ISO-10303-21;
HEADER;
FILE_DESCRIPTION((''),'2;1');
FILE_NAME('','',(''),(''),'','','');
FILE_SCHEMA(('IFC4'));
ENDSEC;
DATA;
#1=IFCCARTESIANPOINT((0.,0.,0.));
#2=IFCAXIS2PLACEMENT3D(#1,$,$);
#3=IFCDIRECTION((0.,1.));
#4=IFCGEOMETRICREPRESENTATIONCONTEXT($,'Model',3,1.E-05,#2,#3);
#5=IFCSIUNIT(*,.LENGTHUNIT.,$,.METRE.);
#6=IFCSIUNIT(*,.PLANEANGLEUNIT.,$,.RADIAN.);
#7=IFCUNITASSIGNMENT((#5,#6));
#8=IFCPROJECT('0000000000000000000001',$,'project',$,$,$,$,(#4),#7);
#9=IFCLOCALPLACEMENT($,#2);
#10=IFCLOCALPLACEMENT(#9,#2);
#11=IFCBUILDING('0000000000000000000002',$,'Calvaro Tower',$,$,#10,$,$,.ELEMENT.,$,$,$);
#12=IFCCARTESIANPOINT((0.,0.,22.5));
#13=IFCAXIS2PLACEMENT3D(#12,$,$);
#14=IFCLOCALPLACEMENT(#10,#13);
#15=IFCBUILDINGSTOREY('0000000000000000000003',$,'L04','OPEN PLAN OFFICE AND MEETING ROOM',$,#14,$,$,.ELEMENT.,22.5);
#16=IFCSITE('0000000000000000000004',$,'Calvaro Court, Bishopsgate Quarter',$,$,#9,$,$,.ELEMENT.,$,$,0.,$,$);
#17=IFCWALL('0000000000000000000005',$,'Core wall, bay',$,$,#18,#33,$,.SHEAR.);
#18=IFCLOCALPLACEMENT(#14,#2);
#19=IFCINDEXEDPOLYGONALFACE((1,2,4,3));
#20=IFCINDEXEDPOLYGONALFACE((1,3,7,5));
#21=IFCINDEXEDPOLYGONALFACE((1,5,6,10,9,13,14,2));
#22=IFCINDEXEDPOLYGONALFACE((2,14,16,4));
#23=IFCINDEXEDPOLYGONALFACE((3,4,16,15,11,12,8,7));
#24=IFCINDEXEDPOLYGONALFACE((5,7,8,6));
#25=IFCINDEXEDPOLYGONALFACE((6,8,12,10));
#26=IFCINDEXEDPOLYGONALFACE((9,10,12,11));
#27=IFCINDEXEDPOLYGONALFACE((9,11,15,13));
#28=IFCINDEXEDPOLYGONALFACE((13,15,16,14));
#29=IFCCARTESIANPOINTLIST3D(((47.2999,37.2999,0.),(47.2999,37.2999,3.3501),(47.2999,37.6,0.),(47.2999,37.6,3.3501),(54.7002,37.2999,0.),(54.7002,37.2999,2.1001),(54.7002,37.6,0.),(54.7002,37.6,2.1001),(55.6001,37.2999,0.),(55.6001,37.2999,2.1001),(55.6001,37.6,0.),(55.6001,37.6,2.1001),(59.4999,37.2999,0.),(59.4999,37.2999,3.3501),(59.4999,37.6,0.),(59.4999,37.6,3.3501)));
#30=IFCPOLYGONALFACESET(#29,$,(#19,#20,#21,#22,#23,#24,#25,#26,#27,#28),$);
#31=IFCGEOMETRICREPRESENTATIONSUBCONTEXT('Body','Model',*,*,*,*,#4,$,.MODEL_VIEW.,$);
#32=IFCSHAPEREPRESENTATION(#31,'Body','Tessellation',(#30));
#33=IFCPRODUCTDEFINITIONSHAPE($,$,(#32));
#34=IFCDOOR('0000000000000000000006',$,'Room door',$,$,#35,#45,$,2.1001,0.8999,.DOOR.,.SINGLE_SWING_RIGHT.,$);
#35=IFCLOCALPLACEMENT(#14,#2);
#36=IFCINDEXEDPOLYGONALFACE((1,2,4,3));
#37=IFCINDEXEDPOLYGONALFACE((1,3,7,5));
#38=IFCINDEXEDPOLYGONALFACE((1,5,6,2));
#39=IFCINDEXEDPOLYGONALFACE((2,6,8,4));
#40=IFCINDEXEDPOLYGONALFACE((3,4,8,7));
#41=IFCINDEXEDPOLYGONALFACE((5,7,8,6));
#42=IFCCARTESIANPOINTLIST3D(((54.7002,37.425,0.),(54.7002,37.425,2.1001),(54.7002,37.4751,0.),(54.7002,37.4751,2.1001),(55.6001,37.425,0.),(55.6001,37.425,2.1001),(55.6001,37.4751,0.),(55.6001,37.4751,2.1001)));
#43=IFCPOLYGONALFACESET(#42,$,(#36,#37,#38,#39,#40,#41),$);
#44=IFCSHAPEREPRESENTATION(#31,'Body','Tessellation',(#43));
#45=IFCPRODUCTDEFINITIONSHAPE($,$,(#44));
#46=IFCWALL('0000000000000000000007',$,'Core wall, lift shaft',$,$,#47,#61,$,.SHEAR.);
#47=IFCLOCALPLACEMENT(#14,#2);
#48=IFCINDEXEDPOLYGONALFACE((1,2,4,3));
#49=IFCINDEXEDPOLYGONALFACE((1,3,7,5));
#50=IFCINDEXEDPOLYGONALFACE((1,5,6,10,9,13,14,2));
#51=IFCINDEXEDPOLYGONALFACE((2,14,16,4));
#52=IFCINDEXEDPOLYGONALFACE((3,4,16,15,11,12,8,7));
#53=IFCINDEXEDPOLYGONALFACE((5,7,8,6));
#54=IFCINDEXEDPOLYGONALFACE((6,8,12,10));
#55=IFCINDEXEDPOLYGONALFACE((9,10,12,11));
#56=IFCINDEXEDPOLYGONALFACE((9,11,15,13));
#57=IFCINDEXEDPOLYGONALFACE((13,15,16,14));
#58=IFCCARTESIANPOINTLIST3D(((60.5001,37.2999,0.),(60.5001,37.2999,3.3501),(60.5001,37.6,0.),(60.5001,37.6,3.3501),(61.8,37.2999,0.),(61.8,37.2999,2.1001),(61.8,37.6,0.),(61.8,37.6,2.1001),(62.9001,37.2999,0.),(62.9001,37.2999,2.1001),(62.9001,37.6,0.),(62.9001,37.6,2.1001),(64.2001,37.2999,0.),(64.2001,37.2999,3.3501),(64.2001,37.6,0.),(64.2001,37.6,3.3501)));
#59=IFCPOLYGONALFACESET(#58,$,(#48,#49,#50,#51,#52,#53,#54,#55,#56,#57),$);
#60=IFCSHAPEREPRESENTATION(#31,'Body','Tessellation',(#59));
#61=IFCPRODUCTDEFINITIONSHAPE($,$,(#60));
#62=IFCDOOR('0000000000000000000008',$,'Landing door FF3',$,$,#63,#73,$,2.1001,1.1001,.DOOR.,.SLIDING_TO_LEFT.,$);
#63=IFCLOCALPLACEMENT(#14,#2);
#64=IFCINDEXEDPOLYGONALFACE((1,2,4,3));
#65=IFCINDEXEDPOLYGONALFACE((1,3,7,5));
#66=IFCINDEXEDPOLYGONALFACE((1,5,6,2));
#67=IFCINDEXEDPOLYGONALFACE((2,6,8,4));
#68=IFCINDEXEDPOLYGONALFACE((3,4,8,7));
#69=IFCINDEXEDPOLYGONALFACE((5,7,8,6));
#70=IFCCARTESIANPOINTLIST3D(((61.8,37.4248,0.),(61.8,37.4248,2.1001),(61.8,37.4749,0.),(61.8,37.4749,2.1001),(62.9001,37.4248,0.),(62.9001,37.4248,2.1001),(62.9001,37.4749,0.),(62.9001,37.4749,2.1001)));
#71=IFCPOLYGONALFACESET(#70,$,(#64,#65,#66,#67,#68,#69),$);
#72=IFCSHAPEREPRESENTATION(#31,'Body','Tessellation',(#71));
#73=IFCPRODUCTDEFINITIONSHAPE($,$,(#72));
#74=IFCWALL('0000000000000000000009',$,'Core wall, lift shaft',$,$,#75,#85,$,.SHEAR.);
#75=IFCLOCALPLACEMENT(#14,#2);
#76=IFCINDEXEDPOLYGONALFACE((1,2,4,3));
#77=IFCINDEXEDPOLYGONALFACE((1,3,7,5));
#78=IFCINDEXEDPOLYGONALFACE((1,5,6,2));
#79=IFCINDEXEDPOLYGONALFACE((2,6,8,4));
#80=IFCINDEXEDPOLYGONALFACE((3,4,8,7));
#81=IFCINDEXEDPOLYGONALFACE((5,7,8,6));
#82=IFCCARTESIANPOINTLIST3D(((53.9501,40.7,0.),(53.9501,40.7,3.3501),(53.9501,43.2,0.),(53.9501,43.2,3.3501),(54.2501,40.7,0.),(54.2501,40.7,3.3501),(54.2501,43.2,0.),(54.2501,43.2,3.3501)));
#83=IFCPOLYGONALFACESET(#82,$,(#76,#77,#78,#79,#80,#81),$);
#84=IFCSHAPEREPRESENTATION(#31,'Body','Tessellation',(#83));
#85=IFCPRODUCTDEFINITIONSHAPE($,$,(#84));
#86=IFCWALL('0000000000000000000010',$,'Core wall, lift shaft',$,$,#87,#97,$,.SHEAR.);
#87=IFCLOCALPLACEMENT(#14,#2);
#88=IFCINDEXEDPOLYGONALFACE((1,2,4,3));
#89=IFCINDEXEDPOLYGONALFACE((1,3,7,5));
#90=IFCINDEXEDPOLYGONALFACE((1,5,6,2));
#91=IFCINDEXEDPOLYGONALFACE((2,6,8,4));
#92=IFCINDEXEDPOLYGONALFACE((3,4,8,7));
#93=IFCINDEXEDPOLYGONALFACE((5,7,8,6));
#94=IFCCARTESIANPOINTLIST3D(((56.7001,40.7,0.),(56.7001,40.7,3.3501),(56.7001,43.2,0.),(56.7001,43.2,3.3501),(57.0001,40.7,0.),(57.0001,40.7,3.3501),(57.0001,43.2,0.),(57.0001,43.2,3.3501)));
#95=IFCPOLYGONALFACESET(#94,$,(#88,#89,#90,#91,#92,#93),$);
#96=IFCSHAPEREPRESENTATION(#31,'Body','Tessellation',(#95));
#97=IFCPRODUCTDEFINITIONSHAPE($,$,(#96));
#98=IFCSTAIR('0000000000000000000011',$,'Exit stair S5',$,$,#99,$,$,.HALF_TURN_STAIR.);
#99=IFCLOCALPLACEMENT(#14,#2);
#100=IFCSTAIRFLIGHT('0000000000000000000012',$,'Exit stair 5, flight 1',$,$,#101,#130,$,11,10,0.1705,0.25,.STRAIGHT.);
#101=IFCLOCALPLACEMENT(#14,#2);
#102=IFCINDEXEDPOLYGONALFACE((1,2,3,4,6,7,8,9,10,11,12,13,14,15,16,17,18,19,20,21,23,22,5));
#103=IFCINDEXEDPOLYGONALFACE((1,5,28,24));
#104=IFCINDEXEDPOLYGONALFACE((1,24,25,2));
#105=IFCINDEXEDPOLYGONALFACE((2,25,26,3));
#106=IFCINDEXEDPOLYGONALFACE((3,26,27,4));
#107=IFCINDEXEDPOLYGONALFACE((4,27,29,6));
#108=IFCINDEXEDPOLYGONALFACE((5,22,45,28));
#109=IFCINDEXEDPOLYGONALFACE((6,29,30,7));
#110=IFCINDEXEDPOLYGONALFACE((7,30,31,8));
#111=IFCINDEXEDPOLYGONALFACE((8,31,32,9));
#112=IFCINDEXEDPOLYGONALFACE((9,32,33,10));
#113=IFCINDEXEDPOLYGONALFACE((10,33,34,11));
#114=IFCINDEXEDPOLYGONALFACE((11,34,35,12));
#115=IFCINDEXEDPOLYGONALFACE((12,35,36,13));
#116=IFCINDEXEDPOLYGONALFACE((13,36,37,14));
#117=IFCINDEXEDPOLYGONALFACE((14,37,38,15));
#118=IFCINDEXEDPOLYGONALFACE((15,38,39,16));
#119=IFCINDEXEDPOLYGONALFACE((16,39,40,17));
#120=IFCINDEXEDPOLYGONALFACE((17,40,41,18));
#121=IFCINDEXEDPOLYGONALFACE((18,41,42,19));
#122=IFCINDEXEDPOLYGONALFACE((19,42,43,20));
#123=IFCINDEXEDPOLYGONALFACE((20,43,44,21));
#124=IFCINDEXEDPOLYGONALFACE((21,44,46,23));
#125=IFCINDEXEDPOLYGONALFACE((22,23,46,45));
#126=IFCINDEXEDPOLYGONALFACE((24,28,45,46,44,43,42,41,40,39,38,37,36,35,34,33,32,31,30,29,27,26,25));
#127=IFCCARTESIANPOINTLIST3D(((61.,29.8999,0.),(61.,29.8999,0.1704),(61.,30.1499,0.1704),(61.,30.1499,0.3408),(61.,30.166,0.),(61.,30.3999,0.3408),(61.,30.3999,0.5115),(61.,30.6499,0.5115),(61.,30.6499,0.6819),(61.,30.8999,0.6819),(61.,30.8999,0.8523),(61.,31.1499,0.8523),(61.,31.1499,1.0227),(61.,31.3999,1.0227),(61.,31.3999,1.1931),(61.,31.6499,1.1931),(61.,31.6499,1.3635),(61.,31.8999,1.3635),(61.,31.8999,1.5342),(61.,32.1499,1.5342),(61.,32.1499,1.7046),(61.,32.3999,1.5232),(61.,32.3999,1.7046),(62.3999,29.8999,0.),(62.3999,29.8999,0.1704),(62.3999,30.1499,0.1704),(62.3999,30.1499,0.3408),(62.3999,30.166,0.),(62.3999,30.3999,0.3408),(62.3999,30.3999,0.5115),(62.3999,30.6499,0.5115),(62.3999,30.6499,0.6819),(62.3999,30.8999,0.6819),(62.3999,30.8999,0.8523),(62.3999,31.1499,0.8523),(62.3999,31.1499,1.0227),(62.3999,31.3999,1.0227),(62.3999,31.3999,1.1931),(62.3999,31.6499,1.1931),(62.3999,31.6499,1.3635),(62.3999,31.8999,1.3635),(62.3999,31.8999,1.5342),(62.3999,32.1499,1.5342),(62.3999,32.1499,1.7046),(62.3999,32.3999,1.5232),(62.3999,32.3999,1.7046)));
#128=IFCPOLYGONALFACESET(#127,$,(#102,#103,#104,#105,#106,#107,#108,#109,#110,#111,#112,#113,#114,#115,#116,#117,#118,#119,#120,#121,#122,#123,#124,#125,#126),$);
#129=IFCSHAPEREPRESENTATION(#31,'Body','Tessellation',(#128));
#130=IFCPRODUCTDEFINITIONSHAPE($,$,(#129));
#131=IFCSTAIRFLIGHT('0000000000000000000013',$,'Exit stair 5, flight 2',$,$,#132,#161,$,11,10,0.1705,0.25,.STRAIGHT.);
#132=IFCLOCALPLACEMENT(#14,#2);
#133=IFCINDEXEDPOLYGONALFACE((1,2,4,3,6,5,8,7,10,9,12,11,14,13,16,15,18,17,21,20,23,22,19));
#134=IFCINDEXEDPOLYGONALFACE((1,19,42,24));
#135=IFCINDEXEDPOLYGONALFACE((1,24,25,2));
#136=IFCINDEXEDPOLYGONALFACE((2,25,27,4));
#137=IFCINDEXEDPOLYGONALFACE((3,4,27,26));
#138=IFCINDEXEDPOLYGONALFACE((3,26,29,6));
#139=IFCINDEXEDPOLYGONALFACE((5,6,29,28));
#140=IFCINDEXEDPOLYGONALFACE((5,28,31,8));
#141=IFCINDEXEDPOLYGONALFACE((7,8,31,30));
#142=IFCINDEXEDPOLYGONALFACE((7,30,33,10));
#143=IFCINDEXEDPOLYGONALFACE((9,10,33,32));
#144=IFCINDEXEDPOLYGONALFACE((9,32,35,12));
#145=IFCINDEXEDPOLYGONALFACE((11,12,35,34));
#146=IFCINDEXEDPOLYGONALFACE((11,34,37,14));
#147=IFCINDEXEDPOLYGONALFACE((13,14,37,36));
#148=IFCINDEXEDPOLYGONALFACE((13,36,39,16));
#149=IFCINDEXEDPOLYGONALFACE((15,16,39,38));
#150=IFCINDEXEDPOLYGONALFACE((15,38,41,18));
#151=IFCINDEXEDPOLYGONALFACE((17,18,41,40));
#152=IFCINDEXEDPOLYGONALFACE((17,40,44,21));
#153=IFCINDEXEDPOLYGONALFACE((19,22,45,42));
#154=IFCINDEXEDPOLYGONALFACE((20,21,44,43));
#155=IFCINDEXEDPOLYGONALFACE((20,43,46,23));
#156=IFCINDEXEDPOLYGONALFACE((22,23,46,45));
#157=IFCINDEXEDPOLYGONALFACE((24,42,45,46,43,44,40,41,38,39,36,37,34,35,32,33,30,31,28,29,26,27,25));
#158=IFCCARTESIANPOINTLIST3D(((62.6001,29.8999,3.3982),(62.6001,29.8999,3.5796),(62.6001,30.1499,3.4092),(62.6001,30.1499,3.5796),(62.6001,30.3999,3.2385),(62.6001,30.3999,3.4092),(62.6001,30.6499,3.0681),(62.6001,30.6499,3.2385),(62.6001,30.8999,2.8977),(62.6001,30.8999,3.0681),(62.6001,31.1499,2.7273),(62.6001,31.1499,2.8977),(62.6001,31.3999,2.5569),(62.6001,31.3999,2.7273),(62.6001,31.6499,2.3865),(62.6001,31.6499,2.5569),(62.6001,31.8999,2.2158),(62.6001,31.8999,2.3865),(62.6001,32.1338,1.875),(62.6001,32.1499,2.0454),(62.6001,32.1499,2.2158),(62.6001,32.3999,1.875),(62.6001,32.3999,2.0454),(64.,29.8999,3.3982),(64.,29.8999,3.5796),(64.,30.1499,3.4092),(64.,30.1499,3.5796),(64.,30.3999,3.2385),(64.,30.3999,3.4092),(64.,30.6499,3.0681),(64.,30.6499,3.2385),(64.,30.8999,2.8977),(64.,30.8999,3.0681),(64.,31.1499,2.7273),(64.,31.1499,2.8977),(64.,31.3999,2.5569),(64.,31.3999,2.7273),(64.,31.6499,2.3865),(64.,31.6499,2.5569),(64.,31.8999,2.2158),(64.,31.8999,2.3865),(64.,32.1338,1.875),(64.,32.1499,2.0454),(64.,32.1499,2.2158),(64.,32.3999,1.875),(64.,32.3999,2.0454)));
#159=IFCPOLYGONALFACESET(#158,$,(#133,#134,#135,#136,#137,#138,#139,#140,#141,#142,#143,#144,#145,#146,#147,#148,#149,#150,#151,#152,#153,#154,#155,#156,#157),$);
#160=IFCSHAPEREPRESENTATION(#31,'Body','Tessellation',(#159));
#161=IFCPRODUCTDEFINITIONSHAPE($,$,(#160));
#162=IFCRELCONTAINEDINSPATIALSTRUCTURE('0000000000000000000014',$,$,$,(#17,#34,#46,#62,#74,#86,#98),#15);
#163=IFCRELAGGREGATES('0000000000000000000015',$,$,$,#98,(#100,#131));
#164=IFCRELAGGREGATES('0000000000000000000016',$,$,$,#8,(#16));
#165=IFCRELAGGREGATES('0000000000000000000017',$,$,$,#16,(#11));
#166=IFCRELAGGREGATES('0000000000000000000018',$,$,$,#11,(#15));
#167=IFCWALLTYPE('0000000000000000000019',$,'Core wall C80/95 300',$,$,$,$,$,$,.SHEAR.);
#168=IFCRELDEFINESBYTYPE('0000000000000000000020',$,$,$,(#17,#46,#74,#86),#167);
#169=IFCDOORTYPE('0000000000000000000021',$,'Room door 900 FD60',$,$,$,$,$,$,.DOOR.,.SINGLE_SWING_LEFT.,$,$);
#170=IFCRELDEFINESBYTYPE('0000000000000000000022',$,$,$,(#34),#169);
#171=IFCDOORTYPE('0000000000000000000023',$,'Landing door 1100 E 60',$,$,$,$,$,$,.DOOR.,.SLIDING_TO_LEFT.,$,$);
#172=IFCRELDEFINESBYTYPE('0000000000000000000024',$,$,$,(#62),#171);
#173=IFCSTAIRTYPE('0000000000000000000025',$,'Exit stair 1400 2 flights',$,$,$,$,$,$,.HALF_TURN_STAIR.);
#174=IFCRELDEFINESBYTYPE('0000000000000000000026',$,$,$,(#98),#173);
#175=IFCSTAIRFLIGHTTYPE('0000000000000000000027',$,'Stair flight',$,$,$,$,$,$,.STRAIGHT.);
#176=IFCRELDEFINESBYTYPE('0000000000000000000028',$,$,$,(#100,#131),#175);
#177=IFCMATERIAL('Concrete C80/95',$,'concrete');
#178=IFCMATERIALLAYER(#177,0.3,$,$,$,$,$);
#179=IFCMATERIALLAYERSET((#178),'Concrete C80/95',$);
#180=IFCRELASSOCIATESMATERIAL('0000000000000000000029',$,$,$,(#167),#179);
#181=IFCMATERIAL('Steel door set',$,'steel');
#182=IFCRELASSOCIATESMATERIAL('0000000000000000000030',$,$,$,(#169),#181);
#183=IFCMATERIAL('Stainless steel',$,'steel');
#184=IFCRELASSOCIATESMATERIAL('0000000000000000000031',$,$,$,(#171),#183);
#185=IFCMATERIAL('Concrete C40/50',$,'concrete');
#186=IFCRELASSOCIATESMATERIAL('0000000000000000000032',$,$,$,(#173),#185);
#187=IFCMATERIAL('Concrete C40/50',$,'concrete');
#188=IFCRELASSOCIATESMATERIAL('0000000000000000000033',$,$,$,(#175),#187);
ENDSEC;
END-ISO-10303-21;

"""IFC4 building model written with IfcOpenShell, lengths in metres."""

from ifc_helpers import new_model, si_unit, direction, frame, frame_2d, origin, place, context, subcontext, project, spatial, polyline, rectangle, outline, extrude, material, layer, layer_set, type_object, element, fill, aggregate, save


model = new_model("IFC4")

# Units and contexts
model_context = context("Model", 3, precision=1e-05, world=origin(), true_north=direction((0.0, 1.0)))
body_context = subcontext(model_context, "Body", "Model", "MODEL_VIEW")
ifc_project = project(units=[si_unit("LENGTHUNIT", "METRE"), si_unit("PLANEANGLEUNIT", "RADIAN")], contexts=[model_context])

# Site, building, storey
site_placement = place(None, origin())
site = spatial("IfcSite", under=ifc_project, at=site_placement, Name="Calvaro Court, Bishopsgate Quarter", CompositionType="ELEMENT", RefElevation=0.0)
building_placement = place(site_placement, origin())
building = spatial("IfcBuilding", under=site, at=building_placement, Name="Calvaro Tower", CompositionType="ELEMENT")
storey_placement = place(building_placement, frame((0.0, 0.0, 22.5)))
storey = spatial("IfcBuildingStorey", under=building, at=storey_placement, Name="L04", Description="OPEN PLAN OFFICE AND MEETING ROOM", CompositionType="ELEMENT", Elevation=22.5)

# Shared definitions
ifc_material_1 = material(Name="Concrete C80/95", Category="concrete")
ifc_layer_1 = layer(ifc_material_1, 0.3)
ifc_layer_set_1 = layer_set([ifc_layer_1], Name="Concrete C80/95")
wall_type_1 = type_object("IfcWallType", Name="Core wall C80/95 300", PredefinedType="SHEAR", material=ifc_layer_set_1)

# Walls, openings, doors
wall_1_placement = place(storey_placement, frame((59.5, 37.45, 0.0), z_axis=(0.0, 0.0, 1.0), x_axis=(-1.0, 0.0, 0.0)))
wall_1 = element("IfcWall", 1, at=wall_1_placement, inside=storey, type_object=wall_type_1, Name="Core wall, bay", PredefinedType="SHEAR", context=body_context, shape_type="SweptSolid", body=[
    extrude(rectangle(XDim=12.2, YDim=0.3, at=frame_2d((6.1001, 0.0))), origin(), (0.0, 0.0, 1.0), 3.3501),
])
opening_1_placement = place(wall_1_placement, frame((3.8999, 0.0, 0.0)))
opening_1 = element("IfcOpeningElement", 2, at=opening_1_placement, cuts=wall_1, PredefinedType="OPENING", context=body_context, shape_type="SweptSolid", body=[
    extrude(rectangle(XDim=0.8999, YDim=2.1001, at=frame_2d((0.45, 1.05))), frame((0.0, 0.1599, 0.0), z_axis=(0.0, -1.0, 0.0), x_axis=(1.0, 0.0, 0.0)), (0.0, 0.0, 1.0), 0.3201),
])
ifc_material_2 = material(Name="Steel door set", Category="steel")
door_type_1 = type_object("IfcDoorType", Name="Room door 900 FD60", OperationType="SINGLE_SWING_LEFT", PredefinedType="DOOR", material=ifc_material_2)
door_1_placement = place(opening_1_placement, origin())
door_1 = element("IfcDoor", 3, at=door_1_placement, inside=storey, type_object=door_type_1, Name="Room door", OperationType="SINGLE_SWING_RIGHT", OverallHeight=2.1001, OverallWidth=0.8999, PredefinedType="DOOR", context=body_context, shape_type="SweptSolid", body=[
    extrude(rectangle(XDim=0.8999, YDim=2.1001, at=frame_2d((0.45, 1.05))), frame((0.0, 0.0249, 0.0), z_axis=(0.0, -1.0, 0.0), x_axis=(1.0, 0.0, 0.0)), (0.0, 0.0, 1.0), 0.05),
])
fill(opening_1, door_1)
wall_2_placement = place(storey_placement, frame((60.5, 37.45, 0.0), z_axis=(0.0, 0.0, 1.0), x_axis=(1.0, 0.0, 0.0)))
wall_2 = element("IfcWall", 4, at=wall_2_placement, inside=storey, type_object=wall_type_1, Name="Core wall, lift shaft", PredefinedType="SHEAR", context=body_context, shape_type="SweptSolid", body=[
    extrude(rectangle(XDim=3.7, YDim=0.3, at=frame_2d((1.8501, 0.0))), origin(), (0.0, 0.0, 1.0), 3.3501),
])
opening_2_placement = place(wall_2_placement, frame((1.3, 0.0, 0.0)))
opening_2 = element("IfcOpeningElement", 5, at=opening_2_placement, cuts=wall_2, PredefinedType="OPENING", context=body_context, shape_type="SweptSolid", body=[
    extrude(rectangle(XDim=1.1001, YDim=2.1001, at=frame_2d((0.55, 1.05))), frame((0.0, 0.1599, 0.0), z_axis=(0.0, -1.0, 0.0), x_axis=(1.0, 0.0, 0.0)), (0.0, 0.0, 1.0), 0.3201),
])
ifc_material_3 = material(Name="Stainless steel", Category="steel")
door_type_2 = type_object("IfcDoorType", Name="Landing door 1100 E 60", OperationType="SLIDING_TO_LEFT", PredefinedType="DOOR", material=ifc_material_3)
door_2_placement = place(opening_2_placement, origin())
door_2 = element("IfcDoor", 6, at=door_2_placement, inside=storey, type_object=door_type_2, Name="Landing door FF3", OperationType="SLIDING_TO_LEFT", OverallHeight=2.1001, OverallWidth=1.1001, PredefinedType="DOOR", context=body_context, shape_type="SweptSolid", body=[
    extrude(rectangle(XDim=1.1001, YDim=2.1001, at=frame_2d((0.55, 1.05))), frame((0.0, 0.0249, 0.0), z_axis=(0.0, -1.0, 0.0), x_axis=(1.0, 0.0, 0.0)), (0.0, 0.0, 1.0), 0.05),
])
fill(opening_2, door_2)

# Walls
for number, where, z_axis, x_axis, name in (
    (7, (54.1001, 40.7, 0.0), (0.0, 0.0, 1.0), (0.0, 1.0, 0.0), "Core wall, lift shaft"),
    (8, (56.8501, 40.7, 0.0), (0.0, 0.0, 1.0), (0.0, 1.0, 0.0), "Core wall, lift shaft"),
):
    element("IfcWall", number, at=place(storey_placement, frame(where, z_axis=z_axis, x_axis=x_axis)), inside=storey, type_object=wall_type_1, Name=name, PredefinedType="SHEAR", context=body_context, shape_type="SweptSolid", body=[
        extrude(rectangle(XDim=2.5, YDim=0.3, at=frame_2d((1.25, 0.0))), origin(), (0.0, 0.0, 1.0), 3.3501),
    ])

# Stair, stair flights
ifc_material_4 = material(Name="Concrete C40/50", Category="concrete")
stair_type = type_object("IfcStairType", Name="Exit stair 1400 2 flights", PredefinedType="HALF_TURN_STAIR", material=ifc_material_4)
stair_1_placement = place(storey_placement, origin())
stair_1 = element("IfcStair", 9, at=stair_1_placement, inside=storey, type_object=stair_type, Name="Exit stair S5", PredefinedType="HALF_TURN_STAIR")
ifc_material_5 = material(Name="Concrete C40/50", Category="concrete")
stair_flight_type = type_object("IfcStairFlightType", Name="Stair flight", PredefinedType="STRAIGHT", material=ifc_material_5)
stair_flight_1_placement = place(storey_placement, frame((61.7, 29.8999, 0.0), z_axis=(0.0, 0.0, 1.0), x_axis=(0.0, 1.0, 0.0)))
stair_flight_1 = element("IfcStairFlight", 10, at=stair_flight_1_placement, type_object=stair_flight_type, Name="Exit stair 5, flight 1", NumberOfRisers=11, NumberOfTreads=10, PredefinedType="STRAIGHT", RiserHeight=0.1705, TreadLength=0.25, context=body_context, shape_type="SweptSolid", body=[
    extrude(outline(polyline([(0.0, 0.0), (0.0, 0.1704), (0.25, 0.1704), (0.25, 0.3408), (0.5, 0.3408), (0.5, 0.5115), (0.75, 0.5115), (0.75, 0.6819), (1.0, 0.6819), (1.0, 0.8523), (1.25, 0.8523), (1.25, 1.0227), (1.5, 1.0227), (1.5, 1.1931), (1.75, 1.1931), (1.75, 1.3635), (2.0, 1.3635), (2.0, 1.5342), (2.25, 1.5342), (2.25, 1.7046), (2.5, 1.7046), (2.5, 1.875), (2.5, 1.5232), (0.2661, 0.0), (0.0, 0.0)])), frame((0.0, 0.7, 0.0), z_axis=(0.0, -1.0, 0.0), x_axis=(1.0, 0.0, 0.0)), (0.0, 0.0, 1.0), 1.3999),
])
stair_flight_2_placement = place(storey_placement, frame((63.3, 32.3999, 1.875), z_axis=(0.0, 0.0, 1.0), x_axis=(0.0, -1.0, 0.0)))
stair_flight_2 = element("IfcStairFlight", 11, at=stair_flight_2_placement, type_object=stair_flight_type, Name="Exit stair 5, flight 2", NumberOfRisers=11, NumberOfTreads=10, PredefinedType="STRAIGHT", RiserHeight=0.1705, TreadLength=0.25, context=body_context, shape_type="SweptSolid", body=[
    extrude(outline(polyline([(0.0, 0.0), (0.0, 0.1704), (0.25, 0.1704), (0.25, 0.3408), (0.5, 0.3408), (0.5, 0.5115), (0.75, 0.5115), (0.75, 0.6819), (1.0, 0.6819), (1.0, 0.8523), (1.25, 0.8523), (1.25, 1.0227), (1.5, 1.0227), (1.5, 1.1931), (1.75, 1.1931), (1.75, 1.3635), (2.0, 1.3635), (2.0, 1.5342), (2.25, 1.5342), (2.25, 1.7046), (2.5, 1.7046), (2.5, 1.875), (2.5, 1.5232), (0.2661, 0.0), (0.0, 0.0)])), frame((0.0, 0.7, 0.0), z_axis=(0.0, -1.0, 0.0), x_axis=(1.0, 0.0, 0.0)), (0.0, 0.0, 1.0), 1.3999),
])

aggregate(stair_1, [stair_flight_1, stair_flight_2])

save(model, "model.ifc")
